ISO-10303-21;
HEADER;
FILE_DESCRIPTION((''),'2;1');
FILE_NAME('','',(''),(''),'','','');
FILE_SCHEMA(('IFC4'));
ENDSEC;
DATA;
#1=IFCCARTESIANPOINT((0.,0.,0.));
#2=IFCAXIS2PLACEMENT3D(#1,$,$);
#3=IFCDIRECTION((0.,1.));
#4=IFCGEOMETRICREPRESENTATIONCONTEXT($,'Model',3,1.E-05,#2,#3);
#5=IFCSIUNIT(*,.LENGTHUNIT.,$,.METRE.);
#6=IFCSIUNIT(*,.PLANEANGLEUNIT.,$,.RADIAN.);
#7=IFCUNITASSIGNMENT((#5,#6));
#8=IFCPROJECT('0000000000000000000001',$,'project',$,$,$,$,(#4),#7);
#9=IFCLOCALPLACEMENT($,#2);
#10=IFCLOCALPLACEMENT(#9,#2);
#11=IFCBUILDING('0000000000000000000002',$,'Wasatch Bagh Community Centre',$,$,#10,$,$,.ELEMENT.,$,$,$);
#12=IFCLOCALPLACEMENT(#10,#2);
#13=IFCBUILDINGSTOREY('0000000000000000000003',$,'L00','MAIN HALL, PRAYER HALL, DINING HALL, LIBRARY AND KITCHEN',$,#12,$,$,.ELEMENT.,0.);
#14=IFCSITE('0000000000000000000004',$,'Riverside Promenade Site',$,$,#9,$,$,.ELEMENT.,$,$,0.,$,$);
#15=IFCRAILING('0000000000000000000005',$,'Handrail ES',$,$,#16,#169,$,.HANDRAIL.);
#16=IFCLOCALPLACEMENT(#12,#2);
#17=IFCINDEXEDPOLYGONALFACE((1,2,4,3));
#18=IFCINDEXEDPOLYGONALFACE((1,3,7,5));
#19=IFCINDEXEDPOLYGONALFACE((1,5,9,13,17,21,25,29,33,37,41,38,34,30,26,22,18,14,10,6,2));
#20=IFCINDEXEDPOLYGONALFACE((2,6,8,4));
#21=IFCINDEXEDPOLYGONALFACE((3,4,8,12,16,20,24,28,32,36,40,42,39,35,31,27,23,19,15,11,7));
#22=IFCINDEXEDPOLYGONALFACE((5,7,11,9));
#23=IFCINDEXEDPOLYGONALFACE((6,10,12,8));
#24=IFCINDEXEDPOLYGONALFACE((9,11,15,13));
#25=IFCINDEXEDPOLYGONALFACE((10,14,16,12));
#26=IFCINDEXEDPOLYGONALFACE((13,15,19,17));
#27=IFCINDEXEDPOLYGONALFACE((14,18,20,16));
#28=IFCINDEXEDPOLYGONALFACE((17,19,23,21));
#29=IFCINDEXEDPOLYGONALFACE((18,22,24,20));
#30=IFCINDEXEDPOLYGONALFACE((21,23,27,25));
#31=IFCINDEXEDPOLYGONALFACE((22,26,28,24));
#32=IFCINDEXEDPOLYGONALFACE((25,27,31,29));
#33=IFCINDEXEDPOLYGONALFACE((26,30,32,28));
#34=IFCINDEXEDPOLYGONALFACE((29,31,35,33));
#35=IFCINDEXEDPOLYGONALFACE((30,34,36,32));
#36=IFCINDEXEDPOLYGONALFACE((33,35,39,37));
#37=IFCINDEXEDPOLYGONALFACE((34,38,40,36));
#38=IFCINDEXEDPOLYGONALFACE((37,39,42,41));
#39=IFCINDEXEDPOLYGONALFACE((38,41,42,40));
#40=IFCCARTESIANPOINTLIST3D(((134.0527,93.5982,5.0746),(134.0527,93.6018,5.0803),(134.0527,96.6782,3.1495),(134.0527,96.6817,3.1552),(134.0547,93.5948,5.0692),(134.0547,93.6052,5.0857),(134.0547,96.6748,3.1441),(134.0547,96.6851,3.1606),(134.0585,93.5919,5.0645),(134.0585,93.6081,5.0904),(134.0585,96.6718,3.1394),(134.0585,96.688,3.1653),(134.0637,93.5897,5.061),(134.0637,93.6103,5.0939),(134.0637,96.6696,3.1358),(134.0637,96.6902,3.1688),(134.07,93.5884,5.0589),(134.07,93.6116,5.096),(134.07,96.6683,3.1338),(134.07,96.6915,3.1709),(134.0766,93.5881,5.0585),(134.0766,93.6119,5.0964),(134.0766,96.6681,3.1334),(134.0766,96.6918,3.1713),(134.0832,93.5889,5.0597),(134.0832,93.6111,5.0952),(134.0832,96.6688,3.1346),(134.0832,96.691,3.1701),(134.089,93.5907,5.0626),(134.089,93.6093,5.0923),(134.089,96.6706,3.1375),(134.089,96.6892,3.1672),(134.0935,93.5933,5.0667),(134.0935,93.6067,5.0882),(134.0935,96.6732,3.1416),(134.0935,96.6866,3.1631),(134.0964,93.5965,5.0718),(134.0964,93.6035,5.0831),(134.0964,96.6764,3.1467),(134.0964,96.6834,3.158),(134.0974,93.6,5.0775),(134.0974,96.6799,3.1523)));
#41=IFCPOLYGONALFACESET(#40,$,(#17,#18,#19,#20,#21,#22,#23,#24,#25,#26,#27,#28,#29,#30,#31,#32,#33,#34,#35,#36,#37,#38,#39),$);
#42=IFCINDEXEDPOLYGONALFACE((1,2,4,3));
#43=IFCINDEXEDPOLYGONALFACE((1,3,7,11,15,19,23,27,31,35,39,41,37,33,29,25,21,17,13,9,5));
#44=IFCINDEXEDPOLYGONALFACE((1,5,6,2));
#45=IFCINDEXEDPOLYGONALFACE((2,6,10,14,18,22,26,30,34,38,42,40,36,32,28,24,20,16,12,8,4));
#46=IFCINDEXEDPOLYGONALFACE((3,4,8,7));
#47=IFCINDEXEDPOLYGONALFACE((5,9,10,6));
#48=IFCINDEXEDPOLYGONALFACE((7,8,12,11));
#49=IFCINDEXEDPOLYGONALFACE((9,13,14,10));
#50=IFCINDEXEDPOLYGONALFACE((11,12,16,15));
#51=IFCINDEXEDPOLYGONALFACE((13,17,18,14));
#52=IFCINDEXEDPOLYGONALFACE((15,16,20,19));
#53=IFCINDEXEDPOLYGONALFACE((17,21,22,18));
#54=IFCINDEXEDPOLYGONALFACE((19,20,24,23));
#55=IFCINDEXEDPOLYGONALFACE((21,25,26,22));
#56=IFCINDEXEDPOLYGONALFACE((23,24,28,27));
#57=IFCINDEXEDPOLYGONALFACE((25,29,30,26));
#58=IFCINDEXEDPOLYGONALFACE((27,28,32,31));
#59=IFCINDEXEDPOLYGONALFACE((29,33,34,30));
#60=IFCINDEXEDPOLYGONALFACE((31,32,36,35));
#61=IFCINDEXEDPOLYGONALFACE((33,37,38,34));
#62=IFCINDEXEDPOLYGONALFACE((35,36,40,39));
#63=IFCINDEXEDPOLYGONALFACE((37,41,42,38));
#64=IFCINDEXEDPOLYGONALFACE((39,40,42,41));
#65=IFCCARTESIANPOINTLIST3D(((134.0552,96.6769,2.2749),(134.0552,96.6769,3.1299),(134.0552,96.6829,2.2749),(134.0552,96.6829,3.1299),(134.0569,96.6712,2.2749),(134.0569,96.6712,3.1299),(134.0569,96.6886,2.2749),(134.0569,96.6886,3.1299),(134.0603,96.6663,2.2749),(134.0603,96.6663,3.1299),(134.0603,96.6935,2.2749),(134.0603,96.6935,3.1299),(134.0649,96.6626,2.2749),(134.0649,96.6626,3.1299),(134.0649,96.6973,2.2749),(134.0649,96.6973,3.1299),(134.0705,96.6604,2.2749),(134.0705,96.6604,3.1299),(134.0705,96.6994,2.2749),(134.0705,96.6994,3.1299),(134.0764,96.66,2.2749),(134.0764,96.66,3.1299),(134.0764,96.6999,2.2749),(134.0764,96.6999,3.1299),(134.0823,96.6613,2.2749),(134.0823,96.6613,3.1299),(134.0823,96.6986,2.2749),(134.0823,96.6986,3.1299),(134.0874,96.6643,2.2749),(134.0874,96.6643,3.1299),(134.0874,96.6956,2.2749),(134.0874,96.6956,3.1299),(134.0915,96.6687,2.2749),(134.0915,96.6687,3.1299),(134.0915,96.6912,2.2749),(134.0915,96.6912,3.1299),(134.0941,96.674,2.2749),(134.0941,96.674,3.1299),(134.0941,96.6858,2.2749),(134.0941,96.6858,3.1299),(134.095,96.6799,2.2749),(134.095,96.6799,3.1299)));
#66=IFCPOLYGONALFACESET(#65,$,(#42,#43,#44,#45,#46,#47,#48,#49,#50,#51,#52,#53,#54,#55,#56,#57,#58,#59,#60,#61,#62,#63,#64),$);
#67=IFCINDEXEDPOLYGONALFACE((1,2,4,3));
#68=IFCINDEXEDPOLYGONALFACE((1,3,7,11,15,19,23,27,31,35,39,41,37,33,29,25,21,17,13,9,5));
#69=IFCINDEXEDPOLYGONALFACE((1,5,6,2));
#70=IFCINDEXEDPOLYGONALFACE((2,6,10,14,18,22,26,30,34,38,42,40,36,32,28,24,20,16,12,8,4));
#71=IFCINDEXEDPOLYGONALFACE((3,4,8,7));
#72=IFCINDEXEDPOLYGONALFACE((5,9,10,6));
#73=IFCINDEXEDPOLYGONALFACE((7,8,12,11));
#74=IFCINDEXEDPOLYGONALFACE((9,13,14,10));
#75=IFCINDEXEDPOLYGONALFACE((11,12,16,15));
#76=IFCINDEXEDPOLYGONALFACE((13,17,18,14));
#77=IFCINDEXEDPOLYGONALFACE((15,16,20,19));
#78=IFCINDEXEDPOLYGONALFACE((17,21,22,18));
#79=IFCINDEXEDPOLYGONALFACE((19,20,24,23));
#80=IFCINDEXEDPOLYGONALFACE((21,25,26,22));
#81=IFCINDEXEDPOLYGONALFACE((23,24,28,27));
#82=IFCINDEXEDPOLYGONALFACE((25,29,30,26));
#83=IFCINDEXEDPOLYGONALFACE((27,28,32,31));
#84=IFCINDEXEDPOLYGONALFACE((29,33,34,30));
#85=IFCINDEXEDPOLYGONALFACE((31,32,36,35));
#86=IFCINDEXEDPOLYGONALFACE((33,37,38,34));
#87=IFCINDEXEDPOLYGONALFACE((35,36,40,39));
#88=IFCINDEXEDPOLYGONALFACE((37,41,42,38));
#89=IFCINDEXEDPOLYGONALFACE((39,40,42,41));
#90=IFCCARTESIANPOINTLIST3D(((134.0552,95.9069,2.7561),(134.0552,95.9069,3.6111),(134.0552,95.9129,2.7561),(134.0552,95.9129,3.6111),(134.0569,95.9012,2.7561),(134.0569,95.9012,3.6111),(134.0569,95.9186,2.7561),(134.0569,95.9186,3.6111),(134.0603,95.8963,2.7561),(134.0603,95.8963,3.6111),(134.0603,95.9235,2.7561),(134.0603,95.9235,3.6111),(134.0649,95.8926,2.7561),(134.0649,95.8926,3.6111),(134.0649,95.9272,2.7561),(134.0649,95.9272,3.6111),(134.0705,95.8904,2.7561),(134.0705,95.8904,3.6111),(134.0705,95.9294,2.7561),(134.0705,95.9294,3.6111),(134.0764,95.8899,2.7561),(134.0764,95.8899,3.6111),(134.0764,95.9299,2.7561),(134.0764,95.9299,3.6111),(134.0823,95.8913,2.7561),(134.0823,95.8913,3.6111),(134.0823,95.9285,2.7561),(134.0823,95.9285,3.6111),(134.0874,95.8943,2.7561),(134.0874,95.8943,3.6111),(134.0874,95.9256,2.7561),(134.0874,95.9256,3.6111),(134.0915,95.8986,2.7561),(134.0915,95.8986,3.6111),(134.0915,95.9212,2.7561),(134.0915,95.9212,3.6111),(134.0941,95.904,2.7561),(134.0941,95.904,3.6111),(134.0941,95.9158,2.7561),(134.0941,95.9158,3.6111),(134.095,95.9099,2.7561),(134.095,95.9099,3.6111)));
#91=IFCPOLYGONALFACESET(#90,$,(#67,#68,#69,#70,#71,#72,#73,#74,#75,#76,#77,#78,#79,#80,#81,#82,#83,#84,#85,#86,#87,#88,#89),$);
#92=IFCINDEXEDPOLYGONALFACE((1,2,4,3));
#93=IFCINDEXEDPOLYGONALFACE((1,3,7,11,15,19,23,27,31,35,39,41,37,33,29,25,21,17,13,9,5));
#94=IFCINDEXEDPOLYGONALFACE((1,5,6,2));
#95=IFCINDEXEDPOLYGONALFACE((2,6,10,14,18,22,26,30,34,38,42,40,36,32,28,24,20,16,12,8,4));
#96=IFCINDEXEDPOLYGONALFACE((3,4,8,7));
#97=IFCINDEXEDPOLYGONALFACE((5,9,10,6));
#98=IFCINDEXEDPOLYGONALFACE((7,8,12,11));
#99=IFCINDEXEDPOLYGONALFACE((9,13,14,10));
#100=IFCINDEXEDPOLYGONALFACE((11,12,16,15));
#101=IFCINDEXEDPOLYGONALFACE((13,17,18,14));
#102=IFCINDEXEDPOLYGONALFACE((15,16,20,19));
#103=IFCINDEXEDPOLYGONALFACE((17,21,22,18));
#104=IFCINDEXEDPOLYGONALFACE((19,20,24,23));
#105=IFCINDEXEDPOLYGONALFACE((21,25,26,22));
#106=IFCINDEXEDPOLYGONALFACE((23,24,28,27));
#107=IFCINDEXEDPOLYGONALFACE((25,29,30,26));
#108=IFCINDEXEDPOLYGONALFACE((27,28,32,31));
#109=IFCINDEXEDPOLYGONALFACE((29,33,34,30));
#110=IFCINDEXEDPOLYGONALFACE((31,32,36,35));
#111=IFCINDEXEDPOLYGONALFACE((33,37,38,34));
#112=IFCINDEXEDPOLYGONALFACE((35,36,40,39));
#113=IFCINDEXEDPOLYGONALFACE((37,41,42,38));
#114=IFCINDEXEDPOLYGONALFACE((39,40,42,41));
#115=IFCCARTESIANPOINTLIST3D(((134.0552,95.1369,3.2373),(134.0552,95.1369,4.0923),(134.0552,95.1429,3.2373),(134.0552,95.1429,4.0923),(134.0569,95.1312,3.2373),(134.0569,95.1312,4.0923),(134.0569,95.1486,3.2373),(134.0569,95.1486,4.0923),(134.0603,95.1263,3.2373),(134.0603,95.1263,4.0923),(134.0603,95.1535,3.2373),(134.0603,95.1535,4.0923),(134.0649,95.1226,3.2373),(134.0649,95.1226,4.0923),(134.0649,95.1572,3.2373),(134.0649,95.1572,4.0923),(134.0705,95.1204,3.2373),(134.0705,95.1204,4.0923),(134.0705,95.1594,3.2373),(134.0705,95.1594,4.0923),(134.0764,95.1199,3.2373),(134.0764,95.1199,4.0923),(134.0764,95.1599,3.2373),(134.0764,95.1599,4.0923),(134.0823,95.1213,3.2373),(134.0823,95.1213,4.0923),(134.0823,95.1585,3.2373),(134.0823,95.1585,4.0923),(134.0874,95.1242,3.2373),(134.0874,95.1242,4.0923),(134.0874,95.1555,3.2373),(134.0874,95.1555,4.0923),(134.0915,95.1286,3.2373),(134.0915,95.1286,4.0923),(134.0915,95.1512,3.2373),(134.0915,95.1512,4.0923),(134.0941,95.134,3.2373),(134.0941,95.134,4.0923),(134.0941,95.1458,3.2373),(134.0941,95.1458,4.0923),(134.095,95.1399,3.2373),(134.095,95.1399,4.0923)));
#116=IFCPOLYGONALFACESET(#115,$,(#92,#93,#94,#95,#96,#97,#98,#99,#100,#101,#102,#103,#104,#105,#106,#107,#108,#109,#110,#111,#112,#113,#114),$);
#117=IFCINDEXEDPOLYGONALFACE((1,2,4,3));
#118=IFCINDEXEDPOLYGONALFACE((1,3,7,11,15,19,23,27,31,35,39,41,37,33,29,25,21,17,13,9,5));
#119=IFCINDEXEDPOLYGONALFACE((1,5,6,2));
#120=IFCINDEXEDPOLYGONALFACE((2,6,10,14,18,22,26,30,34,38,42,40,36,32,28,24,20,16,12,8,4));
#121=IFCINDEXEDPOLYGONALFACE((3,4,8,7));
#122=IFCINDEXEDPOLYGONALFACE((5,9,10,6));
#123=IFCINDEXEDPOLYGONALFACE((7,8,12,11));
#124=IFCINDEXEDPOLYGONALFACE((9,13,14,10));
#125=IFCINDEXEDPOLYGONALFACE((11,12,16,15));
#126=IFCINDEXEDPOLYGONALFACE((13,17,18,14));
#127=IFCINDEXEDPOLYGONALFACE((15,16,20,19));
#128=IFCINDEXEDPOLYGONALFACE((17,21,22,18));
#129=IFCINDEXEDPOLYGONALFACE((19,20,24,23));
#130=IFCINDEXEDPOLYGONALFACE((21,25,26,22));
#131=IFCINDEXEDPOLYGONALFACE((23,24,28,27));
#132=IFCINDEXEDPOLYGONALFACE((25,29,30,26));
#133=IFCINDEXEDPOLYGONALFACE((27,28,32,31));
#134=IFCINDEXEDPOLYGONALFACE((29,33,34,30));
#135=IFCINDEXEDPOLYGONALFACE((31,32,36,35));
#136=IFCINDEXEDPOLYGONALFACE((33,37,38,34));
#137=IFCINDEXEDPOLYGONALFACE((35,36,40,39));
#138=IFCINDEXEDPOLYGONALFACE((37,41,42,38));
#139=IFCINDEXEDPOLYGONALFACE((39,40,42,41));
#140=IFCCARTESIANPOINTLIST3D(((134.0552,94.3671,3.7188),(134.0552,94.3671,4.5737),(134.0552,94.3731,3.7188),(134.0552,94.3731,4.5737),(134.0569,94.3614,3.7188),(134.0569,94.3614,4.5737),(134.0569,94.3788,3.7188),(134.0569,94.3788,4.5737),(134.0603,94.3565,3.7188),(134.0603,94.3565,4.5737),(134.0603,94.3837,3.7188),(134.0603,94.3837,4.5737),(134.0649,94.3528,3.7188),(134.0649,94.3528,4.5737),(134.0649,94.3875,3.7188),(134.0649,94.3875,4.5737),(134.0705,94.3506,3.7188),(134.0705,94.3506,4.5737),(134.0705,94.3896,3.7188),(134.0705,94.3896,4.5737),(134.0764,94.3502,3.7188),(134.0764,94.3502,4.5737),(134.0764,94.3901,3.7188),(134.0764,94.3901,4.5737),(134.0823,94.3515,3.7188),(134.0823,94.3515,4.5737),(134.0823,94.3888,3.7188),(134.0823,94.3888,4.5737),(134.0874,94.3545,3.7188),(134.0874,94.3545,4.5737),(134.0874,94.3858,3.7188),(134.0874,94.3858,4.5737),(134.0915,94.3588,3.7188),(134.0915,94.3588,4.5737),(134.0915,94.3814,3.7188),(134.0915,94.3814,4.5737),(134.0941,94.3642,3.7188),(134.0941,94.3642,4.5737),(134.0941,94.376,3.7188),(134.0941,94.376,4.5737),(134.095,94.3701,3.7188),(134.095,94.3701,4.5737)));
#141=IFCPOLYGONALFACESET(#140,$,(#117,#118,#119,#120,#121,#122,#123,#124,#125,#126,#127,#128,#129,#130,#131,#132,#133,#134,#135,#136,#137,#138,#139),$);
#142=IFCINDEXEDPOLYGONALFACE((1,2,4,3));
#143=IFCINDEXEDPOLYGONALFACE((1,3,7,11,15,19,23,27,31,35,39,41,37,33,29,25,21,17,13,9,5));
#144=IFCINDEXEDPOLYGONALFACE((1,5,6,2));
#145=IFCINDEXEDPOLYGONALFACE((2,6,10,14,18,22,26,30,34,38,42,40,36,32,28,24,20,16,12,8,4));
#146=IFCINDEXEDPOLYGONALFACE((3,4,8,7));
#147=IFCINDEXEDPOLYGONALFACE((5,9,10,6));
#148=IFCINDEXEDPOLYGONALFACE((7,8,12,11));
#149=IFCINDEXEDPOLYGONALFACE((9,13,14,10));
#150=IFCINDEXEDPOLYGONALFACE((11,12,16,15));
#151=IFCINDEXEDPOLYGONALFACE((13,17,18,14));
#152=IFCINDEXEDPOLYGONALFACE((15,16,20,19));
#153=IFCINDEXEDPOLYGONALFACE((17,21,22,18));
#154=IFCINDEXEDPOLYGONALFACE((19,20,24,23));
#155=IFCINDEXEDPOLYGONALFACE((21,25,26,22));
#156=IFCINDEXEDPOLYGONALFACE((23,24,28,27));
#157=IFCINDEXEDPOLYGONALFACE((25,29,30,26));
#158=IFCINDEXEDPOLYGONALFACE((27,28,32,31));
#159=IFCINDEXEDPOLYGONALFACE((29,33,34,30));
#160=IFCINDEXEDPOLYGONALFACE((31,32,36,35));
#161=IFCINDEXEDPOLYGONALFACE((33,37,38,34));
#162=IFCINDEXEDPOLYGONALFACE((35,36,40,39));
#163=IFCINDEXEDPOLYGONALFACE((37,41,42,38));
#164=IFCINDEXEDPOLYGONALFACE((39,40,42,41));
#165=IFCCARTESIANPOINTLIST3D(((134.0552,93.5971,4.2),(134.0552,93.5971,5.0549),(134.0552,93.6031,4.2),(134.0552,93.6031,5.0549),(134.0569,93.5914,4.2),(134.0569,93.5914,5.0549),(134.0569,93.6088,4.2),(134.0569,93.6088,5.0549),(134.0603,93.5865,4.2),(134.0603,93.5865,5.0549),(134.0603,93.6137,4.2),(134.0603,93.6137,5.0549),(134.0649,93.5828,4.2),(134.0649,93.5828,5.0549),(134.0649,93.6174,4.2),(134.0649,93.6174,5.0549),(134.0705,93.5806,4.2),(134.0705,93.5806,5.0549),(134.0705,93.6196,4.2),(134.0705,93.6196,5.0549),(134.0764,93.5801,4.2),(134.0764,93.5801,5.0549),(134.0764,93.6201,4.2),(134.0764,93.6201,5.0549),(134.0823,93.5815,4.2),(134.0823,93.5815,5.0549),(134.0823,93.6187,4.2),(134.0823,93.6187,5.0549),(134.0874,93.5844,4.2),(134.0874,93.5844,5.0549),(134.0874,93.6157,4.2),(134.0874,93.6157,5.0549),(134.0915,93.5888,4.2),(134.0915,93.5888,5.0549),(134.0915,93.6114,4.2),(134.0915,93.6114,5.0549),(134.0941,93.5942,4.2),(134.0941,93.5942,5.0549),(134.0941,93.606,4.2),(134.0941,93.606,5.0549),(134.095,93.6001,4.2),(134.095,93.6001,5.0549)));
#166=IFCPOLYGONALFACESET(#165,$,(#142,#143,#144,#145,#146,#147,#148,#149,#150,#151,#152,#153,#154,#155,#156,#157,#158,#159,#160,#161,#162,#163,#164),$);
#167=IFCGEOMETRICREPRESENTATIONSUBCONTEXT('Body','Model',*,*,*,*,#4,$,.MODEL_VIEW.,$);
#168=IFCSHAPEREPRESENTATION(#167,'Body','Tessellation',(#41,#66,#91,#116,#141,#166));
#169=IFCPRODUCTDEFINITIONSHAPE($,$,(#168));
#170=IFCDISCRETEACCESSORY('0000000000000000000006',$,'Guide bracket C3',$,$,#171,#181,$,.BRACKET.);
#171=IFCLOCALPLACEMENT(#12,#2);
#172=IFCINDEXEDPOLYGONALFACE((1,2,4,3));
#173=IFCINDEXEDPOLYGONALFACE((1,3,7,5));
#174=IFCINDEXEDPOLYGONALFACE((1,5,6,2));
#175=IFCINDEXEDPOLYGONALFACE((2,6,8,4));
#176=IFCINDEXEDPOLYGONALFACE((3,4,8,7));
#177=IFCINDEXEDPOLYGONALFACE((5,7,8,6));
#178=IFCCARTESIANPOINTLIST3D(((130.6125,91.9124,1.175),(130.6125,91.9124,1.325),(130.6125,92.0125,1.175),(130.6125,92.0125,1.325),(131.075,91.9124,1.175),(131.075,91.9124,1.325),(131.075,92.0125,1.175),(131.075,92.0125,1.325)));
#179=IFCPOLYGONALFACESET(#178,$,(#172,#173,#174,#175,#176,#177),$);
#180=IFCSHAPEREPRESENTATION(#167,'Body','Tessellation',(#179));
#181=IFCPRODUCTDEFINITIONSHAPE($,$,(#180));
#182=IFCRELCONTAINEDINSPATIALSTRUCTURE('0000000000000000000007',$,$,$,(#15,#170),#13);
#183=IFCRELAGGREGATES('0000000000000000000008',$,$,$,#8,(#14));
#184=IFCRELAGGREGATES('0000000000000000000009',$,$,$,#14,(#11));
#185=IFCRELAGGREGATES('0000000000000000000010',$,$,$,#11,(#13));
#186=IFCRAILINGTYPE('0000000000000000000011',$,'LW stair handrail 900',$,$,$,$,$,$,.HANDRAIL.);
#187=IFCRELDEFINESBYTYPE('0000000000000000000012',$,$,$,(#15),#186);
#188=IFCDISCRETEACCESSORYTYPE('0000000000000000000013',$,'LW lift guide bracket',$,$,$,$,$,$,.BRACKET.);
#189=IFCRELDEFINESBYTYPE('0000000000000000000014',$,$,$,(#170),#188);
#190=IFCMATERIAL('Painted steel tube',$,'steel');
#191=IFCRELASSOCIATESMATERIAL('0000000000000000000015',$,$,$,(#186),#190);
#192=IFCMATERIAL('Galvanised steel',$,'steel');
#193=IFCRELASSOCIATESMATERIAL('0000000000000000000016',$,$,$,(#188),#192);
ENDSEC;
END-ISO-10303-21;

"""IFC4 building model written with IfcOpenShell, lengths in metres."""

from ifc_helpers import new_model, si_unit, direction, frame, origin, origin_2d, place, context, subcontext, project, spatial, rectangle, circle, extrude, material, type_object, element, save


model = new_model("IFC4")

# Units and contexts
model_context = context("Model", 3, precision=1e-05, world=origin(), true_north=direction((0.0, 1.0)))
body_context = subcontext(model_context, "Body", "Model", "MODEL_VIEW")
ifc_project = project(units=[si_unit("LENGTHUNIT", "METRE"), si_unit("PLANEANGLEUNIT", "RADIAN")], contexts=[model_context])

# Site, building, storey
site_placement = place(None, origin())
site = spatial("IfcSite", under=ifc_project, at=site_placement, Name="Riverside Promenade Site", CompositionType="ELEMENT", RefElevation=0.0)
building_placement = place(site_placement, origin())
building = spatial("IfcBuilding", under=site, at=building_placement, Name="Wasatch Bagh Community Centre", CompositionType="ELEMENT")
storey_placement = place(building_placement, origin())
storey = spatial("IfcBuildingStorey", under=building, at=storey_placement, Name="L00", Description="MAIN HALL, PRAYER HALL, DINING HALL, LIBRARY AND KITCHEN", CompositionType="ELEMENT", Elevation=0.0)

# Railing
ifc_material_1 = material(Name="Painted steel tube", Category="steel")
railing_type_1 = type_object("IfcRailingType", Name="LW stair handrail 900", PredefinedType="HANDRAIL", material=ifc_material_1)
for number, where, name in (
    (1, (134.075, 96.6799, 2.2749), "Handrail ES"),
):
    element("IfcRailing", number, at=place(storey_placement, frame(where)), inside=storey, type_object=railing_type_1, Name=name, PredefinedType="HANDRAIL", context=body_context, shape_type="SweptSolid", body=[
        extrude(circle(Radius=0.0225, at=origin_2d()), frame((0.0, 0.0, 0.8774), z_axis=(0.0, -0.847979, 0.530029), x_axis=(1.0, 0.0, 0.0)), (0.0, 0.0, 1.0), 3.6321),
        extrude(circle(Radius=0.02, at=origin_2d()), origin(), (0.0, 0.0, 1.0), 0.855),
        extrude(circle(Radius=0.02, at=origin_2d()), frame((0.0, -0.77, 0.4812)), (0.0, 0.0, 1.0), 0.855),
        extrude(circle(Radius=0.02, at=origin_2d()), frame((0.0, -1.54, 0.9624)), (0.0, 0.0, 1.0), 0.855),
        extrude(circle(Radius=0.02, at=origin_2d()), frame((0.0, -2.3098, 1.4438)), (0.0, 0.0, 1.0), 0.855),
        extrude(circle(Radius=0.02, at=origin_2d()), frame((0.0, -3.0798, 1.925)), (0.0, 0.0, 1.0), 0.855),
    ])

# Discrete accessory
ifc_material_2 = material(Name="Galvanised steel", Category="steel")
discrete_accessory_type = type_object("IfcDiscreteAccessoryType", Name="LW lift guide bracket", PredefinedType="BRACKET", material=ifc_material_2)
discrete_accessory_placement = place(storey_placement, frame((130.8438, 91.9624, 1.175), z_axis=(0.0, 0.0, 1.0), x_axis=(1.0, 0.0, 0.0)))
element("IfcDiscreteAccessory", 2, at=discrete_accessory_placement, inside=storey, type_object=discrete_accessory_type, Name="Guide bracket C3", PredefinedType="BRACKET", context=body_context, shape_type="SweptSolid", body=[
    extrude(rectangle(XDim=0.4624, YDim=0.1001, at=origin_2d()), origin(), (0.0, 0.0, 1.0), 0.1499),
])

save(model, "model.ifc")
